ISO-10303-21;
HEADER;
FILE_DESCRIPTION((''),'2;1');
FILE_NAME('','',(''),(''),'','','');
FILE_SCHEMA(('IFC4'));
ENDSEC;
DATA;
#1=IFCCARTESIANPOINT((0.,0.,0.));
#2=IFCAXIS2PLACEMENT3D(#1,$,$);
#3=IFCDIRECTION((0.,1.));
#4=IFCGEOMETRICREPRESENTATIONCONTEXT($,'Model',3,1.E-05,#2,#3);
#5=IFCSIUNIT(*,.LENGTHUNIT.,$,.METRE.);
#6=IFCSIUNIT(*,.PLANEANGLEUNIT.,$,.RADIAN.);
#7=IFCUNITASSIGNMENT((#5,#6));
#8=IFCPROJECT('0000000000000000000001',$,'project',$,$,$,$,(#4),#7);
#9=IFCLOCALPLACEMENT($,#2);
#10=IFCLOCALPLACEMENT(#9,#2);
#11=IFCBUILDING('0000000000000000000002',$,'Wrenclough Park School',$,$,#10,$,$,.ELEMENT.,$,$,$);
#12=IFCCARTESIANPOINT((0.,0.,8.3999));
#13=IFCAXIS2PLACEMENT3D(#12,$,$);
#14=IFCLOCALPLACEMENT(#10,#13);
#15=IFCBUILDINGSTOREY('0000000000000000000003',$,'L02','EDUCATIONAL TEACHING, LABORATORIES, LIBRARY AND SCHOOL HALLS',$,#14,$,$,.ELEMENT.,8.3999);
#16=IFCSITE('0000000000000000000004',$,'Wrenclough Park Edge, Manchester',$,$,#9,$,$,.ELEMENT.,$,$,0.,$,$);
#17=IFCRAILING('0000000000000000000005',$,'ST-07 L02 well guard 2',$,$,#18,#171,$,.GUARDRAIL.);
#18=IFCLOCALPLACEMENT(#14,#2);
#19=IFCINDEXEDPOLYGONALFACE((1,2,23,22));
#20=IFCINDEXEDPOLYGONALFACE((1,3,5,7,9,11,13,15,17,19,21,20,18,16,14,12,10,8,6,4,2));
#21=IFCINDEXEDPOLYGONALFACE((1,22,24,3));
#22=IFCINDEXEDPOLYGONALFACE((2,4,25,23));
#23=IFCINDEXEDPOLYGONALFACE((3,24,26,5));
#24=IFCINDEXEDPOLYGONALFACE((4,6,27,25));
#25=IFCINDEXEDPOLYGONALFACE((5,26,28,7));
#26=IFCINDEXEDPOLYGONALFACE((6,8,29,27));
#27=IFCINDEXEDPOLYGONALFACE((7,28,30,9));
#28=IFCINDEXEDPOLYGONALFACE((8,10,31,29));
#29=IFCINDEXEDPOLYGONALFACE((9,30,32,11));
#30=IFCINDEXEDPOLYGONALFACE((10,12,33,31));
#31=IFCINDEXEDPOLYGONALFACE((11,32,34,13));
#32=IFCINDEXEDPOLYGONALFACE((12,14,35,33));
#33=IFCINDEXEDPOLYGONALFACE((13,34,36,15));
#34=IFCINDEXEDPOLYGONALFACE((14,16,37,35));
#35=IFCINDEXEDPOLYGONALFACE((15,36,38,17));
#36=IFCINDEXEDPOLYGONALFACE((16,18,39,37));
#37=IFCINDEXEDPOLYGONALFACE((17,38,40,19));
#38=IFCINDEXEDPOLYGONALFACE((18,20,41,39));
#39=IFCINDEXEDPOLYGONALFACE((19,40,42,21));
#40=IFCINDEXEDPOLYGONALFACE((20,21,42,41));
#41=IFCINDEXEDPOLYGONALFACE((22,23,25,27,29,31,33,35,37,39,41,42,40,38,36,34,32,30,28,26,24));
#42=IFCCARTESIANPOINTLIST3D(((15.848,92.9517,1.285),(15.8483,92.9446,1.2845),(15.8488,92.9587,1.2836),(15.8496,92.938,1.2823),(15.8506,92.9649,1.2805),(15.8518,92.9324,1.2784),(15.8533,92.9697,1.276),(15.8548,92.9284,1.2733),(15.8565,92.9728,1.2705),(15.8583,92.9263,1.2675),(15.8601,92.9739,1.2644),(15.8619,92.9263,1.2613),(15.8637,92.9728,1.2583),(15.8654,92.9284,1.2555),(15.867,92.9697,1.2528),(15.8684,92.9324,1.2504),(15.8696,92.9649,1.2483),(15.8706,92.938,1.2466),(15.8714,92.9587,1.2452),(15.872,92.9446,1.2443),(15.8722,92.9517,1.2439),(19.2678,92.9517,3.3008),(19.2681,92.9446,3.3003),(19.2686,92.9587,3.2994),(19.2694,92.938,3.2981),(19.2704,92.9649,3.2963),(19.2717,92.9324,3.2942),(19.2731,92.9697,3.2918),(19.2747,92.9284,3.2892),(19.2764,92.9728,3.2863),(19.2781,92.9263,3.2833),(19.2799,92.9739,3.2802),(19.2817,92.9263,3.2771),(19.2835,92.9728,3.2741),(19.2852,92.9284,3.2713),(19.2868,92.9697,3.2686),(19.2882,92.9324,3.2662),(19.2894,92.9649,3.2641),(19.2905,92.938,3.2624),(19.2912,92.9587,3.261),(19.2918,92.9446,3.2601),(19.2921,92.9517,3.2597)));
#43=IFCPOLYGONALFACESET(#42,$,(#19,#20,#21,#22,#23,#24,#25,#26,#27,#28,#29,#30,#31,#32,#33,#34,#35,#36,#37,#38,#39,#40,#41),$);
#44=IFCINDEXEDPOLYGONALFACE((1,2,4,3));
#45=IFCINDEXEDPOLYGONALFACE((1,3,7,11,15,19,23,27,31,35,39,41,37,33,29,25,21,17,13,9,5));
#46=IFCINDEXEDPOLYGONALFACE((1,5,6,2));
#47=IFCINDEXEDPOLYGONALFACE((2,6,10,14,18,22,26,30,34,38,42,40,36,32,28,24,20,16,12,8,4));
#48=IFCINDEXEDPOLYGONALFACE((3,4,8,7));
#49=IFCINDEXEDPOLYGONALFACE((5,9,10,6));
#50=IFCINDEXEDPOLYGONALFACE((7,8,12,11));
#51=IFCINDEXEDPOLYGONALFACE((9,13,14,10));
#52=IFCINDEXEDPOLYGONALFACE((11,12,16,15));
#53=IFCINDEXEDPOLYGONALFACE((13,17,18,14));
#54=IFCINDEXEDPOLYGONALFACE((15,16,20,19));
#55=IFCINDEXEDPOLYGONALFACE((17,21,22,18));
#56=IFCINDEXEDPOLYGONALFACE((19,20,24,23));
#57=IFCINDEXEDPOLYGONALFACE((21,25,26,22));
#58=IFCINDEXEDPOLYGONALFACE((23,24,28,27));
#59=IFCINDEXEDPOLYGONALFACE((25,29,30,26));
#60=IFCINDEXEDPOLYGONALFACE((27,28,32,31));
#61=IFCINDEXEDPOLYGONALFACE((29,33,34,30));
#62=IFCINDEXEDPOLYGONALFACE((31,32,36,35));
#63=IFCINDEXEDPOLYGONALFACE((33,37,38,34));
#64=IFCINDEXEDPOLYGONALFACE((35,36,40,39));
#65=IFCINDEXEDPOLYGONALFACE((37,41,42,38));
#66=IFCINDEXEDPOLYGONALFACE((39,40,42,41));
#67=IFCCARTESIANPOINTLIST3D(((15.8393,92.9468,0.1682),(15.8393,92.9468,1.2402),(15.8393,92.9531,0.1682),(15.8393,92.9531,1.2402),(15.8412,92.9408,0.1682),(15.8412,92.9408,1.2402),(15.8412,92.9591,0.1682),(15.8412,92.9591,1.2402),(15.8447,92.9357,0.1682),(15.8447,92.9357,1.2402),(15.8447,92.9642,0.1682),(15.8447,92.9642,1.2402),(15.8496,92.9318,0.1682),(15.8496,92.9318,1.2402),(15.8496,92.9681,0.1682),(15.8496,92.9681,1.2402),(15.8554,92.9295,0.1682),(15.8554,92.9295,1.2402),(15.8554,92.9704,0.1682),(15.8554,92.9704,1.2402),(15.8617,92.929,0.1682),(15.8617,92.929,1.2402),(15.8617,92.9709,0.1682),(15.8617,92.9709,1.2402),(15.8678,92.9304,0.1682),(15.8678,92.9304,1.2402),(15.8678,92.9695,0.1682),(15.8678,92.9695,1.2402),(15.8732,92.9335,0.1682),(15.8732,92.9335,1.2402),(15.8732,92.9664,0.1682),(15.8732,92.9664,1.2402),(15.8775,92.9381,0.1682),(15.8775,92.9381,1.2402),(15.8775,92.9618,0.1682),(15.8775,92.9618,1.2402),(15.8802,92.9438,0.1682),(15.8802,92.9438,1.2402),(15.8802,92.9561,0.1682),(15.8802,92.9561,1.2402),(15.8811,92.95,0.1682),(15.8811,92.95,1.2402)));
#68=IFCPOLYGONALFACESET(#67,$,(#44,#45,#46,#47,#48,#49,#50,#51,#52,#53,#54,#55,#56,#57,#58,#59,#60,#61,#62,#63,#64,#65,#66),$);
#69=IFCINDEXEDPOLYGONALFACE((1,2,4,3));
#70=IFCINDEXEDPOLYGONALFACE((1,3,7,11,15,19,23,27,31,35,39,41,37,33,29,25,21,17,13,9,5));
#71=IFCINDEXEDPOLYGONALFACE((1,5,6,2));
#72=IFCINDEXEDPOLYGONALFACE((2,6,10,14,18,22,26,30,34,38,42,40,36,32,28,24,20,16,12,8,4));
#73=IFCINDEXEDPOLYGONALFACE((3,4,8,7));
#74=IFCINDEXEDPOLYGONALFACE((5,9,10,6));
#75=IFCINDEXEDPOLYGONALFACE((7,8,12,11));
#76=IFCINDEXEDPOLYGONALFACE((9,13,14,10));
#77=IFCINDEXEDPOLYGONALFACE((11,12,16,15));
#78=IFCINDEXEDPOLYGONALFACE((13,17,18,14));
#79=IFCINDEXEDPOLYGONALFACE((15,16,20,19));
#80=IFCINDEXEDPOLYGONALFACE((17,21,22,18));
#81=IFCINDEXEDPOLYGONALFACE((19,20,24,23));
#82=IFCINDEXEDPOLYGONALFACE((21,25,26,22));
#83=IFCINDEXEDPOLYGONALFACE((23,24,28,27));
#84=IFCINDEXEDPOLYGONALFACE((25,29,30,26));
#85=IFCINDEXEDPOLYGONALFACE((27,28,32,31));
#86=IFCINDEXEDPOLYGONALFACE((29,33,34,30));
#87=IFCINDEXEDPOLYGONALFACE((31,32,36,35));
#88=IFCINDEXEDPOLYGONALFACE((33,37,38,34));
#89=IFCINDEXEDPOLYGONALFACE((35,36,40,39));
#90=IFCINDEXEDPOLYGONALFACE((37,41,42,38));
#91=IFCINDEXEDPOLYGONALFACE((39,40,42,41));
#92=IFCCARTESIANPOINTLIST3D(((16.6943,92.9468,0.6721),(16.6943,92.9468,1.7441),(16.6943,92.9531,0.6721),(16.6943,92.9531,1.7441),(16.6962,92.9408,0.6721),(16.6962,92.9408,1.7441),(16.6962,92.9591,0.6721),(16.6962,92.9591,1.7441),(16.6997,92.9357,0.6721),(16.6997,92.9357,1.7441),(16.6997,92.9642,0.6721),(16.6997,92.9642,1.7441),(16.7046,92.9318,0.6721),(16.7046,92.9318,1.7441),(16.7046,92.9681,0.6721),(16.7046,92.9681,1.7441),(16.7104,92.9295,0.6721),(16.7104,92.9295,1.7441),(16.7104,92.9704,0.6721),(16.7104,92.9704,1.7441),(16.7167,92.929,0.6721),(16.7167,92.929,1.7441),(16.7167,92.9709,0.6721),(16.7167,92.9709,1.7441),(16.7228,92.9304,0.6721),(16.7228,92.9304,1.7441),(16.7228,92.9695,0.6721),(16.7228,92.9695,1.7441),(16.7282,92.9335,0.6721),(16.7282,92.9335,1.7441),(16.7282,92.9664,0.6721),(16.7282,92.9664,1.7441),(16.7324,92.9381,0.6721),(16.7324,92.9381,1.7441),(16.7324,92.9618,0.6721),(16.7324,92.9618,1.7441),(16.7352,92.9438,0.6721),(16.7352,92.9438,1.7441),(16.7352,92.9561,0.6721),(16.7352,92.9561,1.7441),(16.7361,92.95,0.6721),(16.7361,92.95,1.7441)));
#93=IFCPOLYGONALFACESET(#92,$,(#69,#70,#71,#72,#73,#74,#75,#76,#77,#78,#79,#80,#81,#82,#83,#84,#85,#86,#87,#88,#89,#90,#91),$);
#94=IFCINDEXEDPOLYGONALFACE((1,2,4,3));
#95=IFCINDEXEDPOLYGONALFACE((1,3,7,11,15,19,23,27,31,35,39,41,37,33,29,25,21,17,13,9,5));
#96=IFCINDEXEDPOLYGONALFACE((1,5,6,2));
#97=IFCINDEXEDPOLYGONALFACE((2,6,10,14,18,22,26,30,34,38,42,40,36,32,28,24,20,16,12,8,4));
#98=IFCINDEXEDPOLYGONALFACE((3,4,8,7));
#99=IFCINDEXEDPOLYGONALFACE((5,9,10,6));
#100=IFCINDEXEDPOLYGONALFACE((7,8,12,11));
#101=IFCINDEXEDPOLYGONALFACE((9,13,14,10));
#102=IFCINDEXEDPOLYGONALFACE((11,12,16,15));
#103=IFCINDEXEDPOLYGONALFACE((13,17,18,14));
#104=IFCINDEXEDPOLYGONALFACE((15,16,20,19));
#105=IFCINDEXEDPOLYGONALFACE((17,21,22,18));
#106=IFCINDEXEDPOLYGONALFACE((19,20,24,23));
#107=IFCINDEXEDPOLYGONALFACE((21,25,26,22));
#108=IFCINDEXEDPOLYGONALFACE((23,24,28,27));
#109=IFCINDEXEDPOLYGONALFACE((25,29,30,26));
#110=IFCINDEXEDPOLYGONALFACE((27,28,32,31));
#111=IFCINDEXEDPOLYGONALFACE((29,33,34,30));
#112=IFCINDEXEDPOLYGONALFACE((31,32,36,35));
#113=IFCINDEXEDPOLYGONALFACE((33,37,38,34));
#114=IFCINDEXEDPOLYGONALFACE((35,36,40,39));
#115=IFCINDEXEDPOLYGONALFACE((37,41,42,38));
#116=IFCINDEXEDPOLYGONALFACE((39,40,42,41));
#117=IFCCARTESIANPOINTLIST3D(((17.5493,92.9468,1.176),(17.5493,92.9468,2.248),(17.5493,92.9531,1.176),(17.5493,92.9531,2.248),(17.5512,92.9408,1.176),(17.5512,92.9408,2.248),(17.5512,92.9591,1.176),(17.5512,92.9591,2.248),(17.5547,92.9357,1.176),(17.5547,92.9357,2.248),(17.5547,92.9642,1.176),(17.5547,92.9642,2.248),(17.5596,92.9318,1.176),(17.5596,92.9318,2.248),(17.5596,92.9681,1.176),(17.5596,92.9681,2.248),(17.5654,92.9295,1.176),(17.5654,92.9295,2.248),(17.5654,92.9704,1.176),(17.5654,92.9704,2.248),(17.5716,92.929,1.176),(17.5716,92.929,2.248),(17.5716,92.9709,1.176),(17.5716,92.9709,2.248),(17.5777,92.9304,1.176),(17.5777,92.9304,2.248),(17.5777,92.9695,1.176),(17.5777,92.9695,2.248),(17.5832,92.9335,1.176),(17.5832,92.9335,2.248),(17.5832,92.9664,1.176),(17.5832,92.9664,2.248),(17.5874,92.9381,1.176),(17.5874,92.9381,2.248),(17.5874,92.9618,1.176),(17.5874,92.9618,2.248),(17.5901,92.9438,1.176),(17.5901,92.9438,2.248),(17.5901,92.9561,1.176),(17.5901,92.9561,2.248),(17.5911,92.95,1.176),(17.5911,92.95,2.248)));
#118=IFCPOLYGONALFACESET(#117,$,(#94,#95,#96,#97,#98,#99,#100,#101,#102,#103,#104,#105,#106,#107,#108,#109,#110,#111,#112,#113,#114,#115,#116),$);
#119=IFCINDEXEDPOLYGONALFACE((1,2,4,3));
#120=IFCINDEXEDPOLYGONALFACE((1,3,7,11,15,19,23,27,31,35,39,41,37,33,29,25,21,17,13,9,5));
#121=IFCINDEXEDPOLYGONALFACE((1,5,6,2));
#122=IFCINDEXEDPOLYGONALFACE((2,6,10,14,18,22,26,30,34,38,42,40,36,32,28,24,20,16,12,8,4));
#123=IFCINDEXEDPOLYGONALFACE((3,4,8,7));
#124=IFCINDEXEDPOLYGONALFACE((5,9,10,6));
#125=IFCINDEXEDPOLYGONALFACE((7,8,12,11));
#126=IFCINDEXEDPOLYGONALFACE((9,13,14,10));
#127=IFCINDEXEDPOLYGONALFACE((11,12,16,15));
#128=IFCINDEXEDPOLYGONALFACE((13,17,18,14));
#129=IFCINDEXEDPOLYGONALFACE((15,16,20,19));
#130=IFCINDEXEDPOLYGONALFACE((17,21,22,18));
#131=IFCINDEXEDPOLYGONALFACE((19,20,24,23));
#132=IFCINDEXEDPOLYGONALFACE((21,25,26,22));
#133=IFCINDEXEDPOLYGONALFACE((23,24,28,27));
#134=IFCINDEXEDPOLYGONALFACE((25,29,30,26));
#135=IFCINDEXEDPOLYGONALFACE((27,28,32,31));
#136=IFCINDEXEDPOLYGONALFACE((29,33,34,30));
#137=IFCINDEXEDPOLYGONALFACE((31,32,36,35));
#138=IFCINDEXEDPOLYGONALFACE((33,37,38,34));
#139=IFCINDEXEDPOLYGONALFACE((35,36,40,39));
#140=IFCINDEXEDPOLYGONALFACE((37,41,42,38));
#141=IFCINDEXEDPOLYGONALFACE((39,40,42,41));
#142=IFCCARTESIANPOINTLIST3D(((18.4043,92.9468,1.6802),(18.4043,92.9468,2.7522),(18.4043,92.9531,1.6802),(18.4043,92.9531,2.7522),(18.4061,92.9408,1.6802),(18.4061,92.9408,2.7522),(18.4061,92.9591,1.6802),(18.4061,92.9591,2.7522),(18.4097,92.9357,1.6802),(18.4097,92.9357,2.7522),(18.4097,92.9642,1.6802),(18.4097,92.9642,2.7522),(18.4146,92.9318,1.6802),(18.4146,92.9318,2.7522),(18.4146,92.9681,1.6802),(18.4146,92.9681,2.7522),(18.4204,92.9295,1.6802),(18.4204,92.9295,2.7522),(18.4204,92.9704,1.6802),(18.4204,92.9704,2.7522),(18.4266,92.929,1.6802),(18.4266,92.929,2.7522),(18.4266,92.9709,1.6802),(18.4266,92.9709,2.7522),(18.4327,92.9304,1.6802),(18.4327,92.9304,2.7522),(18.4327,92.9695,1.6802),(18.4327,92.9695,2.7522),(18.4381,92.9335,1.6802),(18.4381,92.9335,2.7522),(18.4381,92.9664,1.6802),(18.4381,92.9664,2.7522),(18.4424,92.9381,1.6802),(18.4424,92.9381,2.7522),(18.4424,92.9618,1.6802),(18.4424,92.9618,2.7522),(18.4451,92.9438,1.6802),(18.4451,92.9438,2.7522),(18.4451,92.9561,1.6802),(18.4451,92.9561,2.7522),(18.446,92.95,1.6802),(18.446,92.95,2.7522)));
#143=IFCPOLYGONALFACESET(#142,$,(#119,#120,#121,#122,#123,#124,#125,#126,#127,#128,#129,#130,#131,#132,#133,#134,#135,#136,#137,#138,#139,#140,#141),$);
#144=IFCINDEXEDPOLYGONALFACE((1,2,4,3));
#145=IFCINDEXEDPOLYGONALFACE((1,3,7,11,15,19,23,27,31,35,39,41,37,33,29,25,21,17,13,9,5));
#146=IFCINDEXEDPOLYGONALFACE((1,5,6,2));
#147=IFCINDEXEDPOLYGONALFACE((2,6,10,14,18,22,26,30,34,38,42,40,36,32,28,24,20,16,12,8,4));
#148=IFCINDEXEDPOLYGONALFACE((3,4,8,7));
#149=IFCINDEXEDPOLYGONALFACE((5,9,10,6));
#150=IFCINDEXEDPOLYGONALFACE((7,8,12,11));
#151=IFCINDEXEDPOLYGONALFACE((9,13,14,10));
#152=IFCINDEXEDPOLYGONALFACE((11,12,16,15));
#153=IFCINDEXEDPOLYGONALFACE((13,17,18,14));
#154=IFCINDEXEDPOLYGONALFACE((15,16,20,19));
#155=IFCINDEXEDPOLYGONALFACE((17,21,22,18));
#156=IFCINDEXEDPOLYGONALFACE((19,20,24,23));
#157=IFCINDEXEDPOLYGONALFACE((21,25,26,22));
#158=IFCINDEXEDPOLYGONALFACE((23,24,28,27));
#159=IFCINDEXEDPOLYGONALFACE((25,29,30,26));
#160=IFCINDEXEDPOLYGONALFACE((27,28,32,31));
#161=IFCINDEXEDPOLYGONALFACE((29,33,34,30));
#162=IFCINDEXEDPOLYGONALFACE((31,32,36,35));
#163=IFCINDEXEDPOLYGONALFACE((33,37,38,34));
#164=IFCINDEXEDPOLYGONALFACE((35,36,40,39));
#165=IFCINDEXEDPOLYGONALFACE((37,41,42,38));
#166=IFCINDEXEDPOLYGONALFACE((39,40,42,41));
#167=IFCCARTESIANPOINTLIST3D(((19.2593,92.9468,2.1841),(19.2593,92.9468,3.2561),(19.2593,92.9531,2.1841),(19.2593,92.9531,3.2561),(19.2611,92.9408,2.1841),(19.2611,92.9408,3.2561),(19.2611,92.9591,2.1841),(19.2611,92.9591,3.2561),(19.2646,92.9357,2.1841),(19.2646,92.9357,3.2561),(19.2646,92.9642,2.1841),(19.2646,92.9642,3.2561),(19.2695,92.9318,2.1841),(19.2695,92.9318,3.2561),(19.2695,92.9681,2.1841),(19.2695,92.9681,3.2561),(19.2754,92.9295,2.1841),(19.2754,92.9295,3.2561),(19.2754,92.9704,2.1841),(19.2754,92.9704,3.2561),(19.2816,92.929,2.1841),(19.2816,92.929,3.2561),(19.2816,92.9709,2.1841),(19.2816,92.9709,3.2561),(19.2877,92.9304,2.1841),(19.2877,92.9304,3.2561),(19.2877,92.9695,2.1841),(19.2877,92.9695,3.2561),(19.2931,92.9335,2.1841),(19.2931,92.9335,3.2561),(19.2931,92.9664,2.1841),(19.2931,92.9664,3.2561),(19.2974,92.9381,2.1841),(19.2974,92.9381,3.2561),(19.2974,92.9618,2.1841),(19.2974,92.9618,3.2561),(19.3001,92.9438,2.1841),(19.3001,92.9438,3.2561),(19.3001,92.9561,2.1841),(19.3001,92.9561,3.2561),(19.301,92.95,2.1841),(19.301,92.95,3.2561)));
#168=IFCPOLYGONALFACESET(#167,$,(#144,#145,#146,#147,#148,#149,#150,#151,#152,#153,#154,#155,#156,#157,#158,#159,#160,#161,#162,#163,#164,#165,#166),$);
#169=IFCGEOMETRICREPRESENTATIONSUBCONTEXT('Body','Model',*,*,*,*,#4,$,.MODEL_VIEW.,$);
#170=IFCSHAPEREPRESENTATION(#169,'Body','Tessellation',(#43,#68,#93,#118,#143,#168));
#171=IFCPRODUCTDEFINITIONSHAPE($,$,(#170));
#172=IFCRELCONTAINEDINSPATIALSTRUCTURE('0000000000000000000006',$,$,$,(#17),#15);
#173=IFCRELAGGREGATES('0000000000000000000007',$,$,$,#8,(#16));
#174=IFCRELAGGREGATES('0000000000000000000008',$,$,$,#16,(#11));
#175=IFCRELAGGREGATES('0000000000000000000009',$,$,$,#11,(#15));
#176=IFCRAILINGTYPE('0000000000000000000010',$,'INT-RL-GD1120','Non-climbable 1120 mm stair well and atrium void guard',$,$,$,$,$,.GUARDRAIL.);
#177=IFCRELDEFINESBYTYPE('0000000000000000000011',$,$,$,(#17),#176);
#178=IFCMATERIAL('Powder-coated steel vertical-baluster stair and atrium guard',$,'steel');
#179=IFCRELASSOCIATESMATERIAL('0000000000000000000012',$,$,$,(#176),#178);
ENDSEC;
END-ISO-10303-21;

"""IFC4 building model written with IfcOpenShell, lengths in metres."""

from ifc_helpers import new_model, si_unit, direction, frame, origin, origin_2d, place, context, subcontext, project, spatial, circle, extrude, material, type_object, element, save


model = new_model("IFC4")

# Units and contexts
model_context = context("Model", 3, precision=1e-05, world=origin(), true_north=direction((0.0, 1.0)))
body_context = subcontext(model_context, "Body", "Model", "MODEL_VIEW")
ifc_project = project(units=[si_unit("LENGTHUNIT", "METRE"), si_unit("PLANEANGLEUNIT", "RADIAN")], contexts=[model_context])

# Site, building, storey
site_placement = place(None, origin())
site = spatial("IfcSite", under=ifc_project, at=site_placement, Name="Wrenclough Park Edge, Manchester", CompositionType="ELEMENT", RefElevation=0.0)
building_placement = place(site_placement, origin())
building = spatial("IfcBuilding", under=site, at=building_placement, Name="Wrenclough Park School", CompositionType="ELEMENT")
storey_placement = place(building_placement, frame((0.0, 0.0, 8.3999)))
storey = spatial("IfcBuildingStorey", under=building, at=storey_placement, Name="L02", Description="EDUCATIONAL TEACHING, LABORATORIES, LIBRARY AND SCHOOL HALLS", CompositionType="ELEMENT", Elevation=8.3999)

# Railing
ifc_material_1 = material(Name="Powder-coated steel vertical-baluster stair and atrium guard", Category="steel")
railing_type_1 = type_object("IfcRailingType", Name="INT-RL-GD1120", Description="Non-climbable 1120 mm stair well and atrium void guard", PredefinedType="GUARDRAIL", material=ifc_material_1)
railing_1_placement = place(storey_placement, frame((15.8601, 92.95, 0.1682)))
element("IfcRailing", 1, at=railing_1_placement, inside=storey, type_object=railing_type_1, Name="ST-07 L02 well guard 2", PredefinedType="GUARDRAIL", context=body_context, shape_type="SweptSolid", body=[
    extrude(circle(Radius=0.0239, at=origin_2d()), frame((0.0, 0.0, 1.0962), z_axis=(0.861477, 0.0, 0.507797), x_axis=(0.0, 1.0, 0.0)), (0.0, 0.0, 1.0), 3.9697),
    extrude(circle(Radius=0.021, at=origin_2d()), origin(), (0.0, 0.0, 1.0), 1.072),
    extrude(circle(Radius=0.021, at=origin_2d()), frame((0.855, 0.0, 0.5039)), (0.0, 0.0, 1.0), 1.072),
    extrude(circle(Radius=0.021, at=origin_2d()), frame((1.71, 0.0, 1.0078)), (0.0, 0.0, 1.0), 1.072),
    extrude(circle(Radius=0.021, at=origin_2d()), frame((2.5649, 0.0, 1.512)), (0.0, 0.0, 1.0), 1.072),
    extrude(circle(Radius=0.021, at=origin_2d()), frame((3.4199, 0.0, 2.0159)), (0.0, 0.0, 1.0), 1.072),
])

save(model, "model.ifc")
